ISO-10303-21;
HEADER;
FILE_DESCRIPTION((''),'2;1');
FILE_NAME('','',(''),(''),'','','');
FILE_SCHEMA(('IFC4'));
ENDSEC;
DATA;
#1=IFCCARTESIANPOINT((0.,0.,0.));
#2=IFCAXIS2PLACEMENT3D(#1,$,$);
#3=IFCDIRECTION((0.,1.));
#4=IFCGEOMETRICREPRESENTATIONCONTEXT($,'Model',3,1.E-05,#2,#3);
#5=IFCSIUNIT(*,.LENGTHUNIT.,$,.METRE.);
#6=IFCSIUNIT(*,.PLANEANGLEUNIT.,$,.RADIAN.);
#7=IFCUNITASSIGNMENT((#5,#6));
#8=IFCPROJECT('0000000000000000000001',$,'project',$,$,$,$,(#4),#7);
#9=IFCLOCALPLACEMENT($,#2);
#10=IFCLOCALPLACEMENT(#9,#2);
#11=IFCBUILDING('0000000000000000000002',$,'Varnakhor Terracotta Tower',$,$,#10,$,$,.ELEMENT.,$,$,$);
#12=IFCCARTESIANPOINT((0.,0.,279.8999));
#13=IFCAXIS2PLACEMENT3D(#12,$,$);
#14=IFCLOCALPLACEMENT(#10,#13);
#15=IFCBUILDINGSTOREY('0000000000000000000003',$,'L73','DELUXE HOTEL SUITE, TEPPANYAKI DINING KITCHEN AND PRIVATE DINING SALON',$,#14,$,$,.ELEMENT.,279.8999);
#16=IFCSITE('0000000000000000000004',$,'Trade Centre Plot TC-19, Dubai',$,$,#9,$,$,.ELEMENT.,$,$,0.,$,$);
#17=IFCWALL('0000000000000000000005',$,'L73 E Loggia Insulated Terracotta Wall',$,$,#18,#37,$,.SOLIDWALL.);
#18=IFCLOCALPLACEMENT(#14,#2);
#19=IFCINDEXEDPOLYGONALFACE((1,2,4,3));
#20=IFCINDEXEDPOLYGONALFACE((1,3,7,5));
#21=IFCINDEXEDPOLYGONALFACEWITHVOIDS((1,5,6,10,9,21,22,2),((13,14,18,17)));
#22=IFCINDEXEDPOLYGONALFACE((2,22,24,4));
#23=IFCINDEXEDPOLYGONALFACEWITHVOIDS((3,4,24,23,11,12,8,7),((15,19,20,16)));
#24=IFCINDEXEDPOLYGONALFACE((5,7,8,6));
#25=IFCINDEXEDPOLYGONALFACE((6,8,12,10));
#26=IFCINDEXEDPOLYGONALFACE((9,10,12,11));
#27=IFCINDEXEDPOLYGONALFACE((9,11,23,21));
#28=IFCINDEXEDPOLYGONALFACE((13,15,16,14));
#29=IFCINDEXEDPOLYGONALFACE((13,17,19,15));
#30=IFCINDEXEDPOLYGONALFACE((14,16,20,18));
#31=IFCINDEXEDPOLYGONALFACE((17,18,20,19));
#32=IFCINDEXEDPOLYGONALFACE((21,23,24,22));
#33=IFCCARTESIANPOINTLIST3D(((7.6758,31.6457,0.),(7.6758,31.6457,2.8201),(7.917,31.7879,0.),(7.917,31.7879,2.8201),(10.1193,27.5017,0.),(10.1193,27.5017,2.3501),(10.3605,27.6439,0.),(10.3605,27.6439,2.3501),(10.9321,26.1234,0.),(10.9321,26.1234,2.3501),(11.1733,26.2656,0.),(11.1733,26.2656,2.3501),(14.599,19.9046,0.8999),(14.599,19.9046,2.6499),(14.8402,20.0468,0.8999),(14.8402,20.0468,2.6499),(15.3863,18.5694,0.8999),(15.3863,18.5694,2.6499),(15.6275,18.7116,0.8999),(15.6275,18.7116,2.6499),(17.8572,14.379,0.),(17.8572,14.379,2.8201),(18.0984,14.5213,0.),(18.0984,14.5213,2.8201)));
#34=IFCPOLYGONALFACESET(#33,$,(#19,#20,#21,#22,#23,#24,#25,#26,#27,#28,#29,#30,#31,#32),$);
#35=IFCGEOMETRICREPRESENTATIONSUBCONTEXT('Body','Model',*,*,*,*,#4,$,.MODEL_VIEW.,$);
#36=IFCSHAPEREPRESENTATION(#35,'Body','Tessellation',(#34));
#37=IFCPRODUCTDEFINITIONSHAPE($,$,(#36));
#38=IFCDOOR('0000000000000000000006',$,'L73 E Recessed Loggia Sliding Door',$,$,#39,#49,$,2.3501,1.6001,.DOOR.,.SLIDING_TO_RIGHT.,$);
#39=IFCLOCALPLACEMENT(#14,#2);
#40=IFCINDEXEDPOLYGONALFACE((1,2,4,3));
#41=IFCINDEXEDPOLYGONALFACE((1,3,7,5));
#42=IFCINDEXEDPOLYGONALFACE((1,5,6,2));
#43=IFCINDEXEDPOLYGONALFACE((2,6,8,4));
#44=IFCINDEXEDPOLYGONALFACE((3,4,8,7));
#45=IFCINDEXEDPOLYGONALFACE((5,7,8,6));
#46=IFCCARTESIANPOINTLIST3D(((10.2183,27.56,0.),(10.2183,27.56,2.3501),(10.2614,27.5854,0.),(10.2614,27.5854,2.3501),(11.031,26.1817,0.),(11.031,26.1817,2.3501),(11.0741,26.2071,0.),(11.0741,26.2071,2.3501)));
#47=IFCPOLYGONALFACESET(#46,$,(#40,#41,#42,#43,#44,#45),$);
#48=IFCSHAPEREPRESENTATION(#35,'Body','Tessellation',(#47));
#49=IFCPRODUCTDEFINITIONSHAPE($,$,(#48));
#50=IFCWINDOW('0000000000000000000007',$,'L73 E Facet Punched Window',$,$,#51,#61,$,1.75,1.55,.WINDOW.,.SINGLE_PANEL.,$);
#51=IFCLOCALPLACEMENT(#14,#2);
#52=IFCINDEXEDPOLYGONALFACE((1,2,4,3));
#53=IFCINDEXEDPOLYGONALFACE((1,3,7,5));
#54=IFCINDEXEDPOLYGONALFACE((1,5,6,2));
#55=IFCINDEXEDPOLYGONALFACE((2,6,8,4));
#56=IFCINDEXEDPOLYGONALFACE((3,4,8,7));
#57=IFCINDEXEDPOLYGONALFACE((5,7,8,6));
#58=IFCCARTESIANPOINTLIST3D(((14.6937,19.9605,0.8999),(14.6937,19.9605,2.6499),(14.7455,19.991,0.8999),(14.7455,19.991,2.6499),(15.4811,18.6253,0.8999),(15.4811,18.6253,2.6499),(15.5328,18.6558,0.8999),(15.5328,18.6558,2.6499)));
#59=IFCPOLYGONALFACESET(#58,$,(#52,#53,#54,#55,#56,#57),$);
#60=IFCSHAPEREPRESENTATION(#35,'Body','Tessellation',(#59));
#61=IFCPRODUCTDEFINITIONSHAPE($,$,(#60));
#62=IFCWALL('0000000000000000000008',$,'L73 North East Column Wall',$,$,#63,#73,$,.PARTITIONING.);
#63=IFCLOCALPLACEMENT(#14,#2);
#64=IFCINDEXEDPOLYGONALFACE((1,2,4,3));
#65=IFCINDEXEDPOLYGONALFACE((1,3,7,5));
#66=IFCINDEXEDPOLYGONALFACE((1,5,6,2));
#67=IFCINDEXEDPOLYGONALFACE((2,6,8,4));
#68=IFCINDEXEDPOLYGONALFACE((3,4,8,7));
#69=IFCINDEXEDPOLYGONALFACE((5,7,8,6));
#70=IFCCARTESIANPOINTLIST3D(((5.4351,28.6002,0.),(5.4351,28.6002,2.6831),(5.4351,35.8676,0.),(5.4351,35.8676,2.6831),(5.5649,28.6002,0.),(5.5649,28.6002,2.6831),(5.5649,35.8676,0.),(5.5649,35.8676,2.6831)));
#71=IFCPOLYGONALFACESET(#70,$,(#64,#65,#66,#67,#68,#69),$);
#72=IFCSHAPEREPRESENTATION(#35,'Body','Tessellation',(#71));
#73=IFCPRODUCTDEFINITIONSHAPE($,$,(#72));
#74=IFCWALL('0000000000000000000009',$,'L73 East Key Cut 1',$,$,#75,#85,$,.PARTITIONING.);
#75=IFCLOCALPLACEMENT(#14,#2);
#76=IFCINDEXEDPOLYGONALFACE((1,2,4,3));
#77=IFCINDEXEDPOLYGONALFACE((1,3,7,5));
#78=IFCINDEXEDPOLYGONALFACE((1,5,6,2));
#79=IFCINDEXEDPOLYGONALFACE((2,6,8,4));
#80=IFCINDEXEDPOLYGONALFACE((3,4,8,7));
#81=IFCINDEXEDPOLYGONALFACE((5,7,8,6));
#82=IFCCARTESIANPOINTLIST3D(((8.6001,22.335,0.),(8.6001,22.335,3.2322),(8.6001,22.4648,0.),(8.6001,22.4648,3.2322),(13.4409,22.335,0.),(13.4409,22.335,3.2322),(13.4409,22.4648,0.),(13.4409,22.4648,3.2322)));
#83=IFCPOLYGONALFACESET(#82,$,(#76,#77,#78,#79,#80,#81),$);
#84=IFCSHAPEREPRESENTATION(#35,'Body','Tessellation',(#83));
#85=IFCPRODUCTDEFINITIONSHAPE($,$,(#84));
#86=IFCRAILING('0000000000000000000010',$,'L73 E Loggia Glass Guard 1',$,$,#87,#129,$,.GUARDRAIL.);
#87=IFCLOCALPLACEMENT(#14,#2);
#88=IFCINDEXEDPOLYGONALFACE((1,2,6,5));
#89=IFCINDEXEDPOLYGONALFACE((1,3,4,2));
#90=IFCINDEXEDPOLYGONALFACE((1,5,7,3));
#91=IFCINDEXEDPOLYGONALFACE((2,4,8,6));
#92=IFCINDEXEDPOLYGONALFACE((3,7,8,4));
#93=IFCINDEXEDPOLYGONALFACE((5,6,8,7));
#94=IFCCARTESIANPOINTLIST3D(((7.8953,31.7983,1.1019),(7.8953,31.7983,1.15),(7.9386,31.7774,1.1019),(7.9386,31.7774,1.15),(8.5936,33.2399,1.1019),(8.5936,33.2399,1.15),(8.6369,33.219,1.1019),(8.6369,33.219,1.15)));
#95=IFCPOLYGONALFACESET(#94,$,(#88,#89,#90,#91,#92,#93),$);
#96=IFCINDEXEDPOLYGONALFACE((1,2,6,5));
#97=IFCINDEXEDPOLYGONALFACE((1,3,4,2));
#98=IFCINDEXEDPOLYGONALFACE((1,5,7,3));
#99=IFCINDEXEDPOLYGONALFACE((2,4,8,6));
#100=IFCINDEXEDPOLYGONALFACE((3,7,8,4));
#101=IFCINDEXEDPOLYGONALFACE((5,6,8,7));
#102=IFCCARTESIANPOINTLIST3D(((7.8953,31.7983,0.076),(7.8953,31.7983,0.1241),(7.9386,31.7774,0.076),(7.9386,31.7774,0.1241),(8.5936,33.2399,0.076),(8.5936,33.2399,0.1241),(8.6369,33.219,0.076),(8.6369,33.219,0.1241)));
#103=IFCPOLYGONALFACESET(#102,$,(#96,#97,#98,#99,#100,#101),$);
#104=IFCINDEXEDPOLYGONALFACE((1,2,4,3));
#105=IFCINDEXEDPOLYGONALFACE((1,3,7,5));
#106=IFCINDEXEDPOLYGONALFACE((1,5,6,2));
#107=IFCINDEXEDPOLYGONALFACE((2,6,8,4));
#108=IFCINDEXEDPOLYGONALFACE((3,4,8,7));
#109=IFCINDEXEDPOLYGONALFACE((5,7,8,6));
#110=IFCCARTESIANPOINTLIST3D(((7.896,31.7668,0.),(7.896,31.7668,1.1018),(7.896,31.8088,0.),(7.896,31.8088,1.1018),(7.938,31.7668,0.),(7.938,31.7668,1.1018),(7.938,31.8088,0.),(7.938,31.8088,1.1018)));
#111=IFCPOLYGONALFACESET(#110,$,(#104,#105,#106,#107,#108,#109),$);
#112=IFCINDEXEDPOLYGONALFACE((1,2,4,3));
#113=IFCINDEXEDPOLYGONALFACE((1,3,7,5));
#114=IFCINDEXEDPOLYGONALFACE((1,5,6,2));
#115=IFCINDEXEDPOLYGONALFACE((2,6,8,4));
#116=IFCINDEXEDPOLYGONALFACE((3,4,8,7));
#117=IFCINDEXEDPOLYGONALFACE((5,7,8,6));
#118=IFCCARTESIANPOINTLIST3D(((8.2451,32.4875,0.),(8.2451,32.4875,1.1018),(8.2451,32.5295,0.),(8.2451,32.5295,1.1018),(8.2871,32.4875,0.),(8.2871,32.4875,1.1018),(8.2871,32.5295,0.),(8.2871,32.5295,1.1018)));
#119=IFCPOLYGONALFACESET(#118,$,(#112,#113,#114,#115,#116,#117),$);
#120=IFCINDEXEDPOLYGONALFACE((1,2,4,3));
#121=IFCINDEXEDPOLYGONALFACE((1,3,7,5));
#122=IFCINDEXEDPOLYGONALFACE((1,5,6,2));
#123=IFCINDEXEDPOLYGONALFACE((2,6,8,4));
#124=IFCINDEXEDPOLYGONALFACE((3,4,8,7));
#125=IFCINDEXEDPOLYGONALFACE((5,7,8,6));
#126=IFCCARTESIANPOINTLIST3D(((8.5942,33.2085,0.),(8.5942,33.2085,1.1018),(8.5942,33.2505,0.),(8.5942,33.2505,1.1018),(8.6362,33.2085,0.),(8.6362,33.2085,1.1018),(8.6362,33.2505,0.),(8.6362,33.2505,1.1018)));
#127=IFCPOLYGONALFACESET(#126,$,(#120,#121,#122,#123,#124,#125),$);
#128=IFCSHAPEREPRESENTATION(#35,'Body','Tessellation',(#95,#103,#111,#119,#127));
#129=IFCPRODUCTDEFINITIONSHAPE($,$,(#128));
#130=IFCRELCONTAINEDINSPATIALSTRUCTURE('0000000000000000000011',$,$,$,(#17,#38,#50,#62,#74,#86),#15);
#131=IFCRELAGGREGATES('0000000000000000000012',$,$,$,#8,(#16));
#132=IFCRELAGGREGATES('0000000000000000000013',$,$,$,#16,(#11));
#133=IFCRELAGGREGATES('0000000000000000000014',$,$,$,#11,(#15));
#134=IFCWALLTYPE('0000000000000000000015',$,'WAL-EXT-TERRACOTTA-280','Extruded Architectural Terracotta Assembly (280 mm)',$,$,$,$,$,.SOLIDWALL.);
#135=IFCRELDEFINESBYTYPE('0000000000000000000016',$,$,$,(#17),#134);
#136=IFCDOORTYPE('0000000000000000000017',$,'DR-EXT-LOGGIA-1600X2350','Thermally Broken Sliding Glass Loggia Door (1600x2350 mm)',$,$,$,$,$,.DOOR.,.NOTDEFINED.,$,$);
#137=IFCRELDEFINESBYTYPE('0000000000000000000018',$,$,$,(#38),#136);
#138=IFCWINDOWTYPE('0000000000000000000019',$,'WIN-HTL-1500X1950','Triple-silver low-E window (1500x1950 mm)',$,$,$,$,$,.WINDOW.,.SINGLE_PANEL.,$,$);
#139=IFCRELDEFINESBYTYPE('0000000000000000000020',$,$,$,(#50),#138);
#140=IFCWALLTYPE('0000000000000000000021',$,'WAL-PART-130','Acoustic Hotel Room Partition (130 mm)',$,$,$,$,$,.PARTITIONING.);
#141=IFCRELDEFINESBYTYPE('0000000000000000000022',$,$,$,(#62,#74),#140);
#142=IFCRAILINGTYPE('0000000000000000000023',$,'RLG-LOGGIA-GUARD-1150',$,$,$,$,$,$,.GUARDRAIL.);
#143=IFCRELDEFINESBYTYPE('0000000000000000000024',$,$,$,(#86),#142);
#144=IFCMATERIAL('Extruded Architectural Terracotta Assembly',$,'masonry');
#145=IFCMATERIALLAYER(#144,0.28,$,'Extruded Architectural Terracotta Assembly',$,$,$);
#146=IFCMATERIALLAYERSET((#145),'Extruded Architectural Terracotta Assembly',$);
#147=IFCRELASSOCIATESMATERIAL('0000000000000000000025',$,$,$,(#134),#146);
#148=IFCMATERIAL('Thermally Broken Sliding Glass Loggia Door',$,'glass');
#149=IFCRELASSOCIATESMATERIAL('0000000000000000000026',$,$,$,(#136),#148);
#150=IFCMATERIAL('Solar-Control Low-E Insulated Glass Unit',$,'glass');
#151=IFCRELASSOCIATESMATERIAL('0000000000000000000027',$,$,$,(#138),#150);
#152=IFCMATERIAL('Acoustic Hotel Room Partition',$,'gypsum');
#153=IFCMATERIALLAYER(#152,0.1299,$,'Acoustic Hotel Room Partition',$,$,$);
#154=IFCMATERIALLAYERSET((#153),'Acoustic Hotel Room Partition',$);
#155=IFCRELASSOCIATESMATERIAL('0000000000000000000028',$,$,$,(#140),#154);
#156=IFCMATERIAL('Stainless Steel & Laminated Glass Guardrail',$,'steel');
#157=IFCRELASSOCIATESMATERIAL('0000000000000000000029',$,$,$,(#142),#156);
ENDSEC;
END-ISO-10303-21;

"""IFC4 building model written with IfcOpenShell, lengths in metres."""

from ifc_helpers import new_model, si_unit, direction, frame, frame_2d, origin, origin_2d, place, context, subcontext, project, spatial, rectangle, extrude, source, transform, mapped, material, layer, layer_set, type_object, type_shapes, element, fill, save


model = new_model("IFC4")

# Units and contexts
model_context = context("Model", 3, precision=1e-05, world=origin(), true_north=direction((0.0, 1.0)))
body_context = subcontext(model_context, "Body", "Model", "MODEL_VIEW")
ifc_project = project(units=[si_unit("LENGTHUNIT", "METRE"), si_unit("PLANEANGLEUNIT", "RADIAN")], contexts=[model_context])

# Site, building, storey
site_placement = place(None, origin())
site = spatial("IfcSite", under=ifc_project, at=site_placement, Name="Trade Centre Plot TC-19, Dubai", CompositionType="ELEMENT", RefElevation=0.0)
building_placement = place(site_placement, origin())
building = spatial("IfcBuilding", under=site, at=building_placement, Name="Varnakhor Terracotta Tower", CompositionType="ELEMENT")
storey_placement = place(building_placement, frame((0.0, 0.0, 279.8999)))
storey = spatial("IfcBuildingStorey", under=building, at=storey_placement, Name="L73", Description="DELUXE HOTEL SUITE, TEPPANYAKI DINING KITCHEN AND PRIVATE DINING SALON", CompositionType="ELEMENT", Elevation=279.8999)

# Wall, openings, door, window
ifc_material_1 = material(Name="Extruded Architectural Terracotta Assembly", Category="masonry")
ifc_layer_1 = layer(ifc_material_1, 0.28, Name="Extruded Architectural Terracotta Assembly")
ifc_layer_set_1 = layer_set([ifc_layer_1], Name="Extruded Architectural Terracotta Assembly")
wall_type_1 = type_object("IfcWallType", Name="WAL-EXT-TERRACOTTA-280", Description="Extruded Architectural Terracotta Assembly (280 mm)", PredefinedType="SOLIDWALL", material=ifc_layer_set_1)
wall_1_placement = place(storey_placement, frame((7.7964, 31.7168, 0.0), z_axis=(0.0, 0.0, 1.0), x_axis=(0.507931, -0.861398, 0.0)))
wall_1 = element("IfcWall", 1, at=wall_1_placement, inside=storey, type_object=wall_type_1, Name="L73 E Loggia Insulated Terracotta Wall", PredefinedType="SOLIDWALL", context=body_context, shape_type="SweptSolid", body=[
    extrude(rectangle(XDim=20.0449, YDim=0.28, at=frame_2d((10.0225, 0.0))), origin(), (0.0, 0.0, 1.0), 2.8201),
])
opening_1_placement = place(wall_1_placement, frame((4.8108, 0.0, 0.0)))
opening_1 = element("IfcOpeningElement", 2, at=opening_1_placement, cuts=wall_1, PredefinedType="OPENING", context=body_context, shape_type="SweptSolid", body=[
    extrude(rectangle(XDim=1.6001, YDim=2.3501, at=frame_2d((0.8, 1.175))), frame((0.0, 0.1499, 0.0), z_axis=(0.0, -1.0, 0.0), x_axis=(1.0, 0.0, 0.0)), (0.0, 0.0, 1.0), 0.3),
])
opening_2_placement = place(wall_1_placement, frame((13.6304, 0.0, 0.8999)))
opening_2 = element("IfcOpeningElement", 3, at=opening_2_placement, cuts=wall_1, PredefinedType="OPENING", context=body_context, shape_type="SweptSolid", body=[
    extrude(rectangle(XDim=1.55, YDim=1.75, at=frame_2d((0.7749, 0.875))), frame((0.0, 0.1499, 0.0), z_axis=(0.0, -1.0, 0.0), x_axis=(1.0, 0.0, 0.0)), (0.0, 0.0, 1.0), 0.3),
])
ifc_material_2 = material(Name="Thermally Broken Sliding Glass Loggia Door", Category="glass")
door_type = type_object("IfcDoorType", Name="DR-EXT-LOGGIA-1600X2350", Description="Thermally Broken Sliding Glass Loggia Door (1600x2350 mm)", OperationType="NOTDEFINED", PredefinedType="DOOR", material=ifc_material_2)
shared_shape_1 = source(origin(), body_context, "Body", "SweptSolid", [
    extrude(rectangle(XDim=1.6001, YDim=2.3501, at=frame_2d((0.8, 1.175))), frame((0.0, 0.0249, 0.0), z_axis=(0.0, -1.0, 0.0), x_axis=(1.0, 0.0, 0.0)), (0.0, 0.0, 1.0), 0.05),
])
type_shapes(door_type, [shared_shape_1])
door_placement = place(opening_1_placement, origin())
door = element("IfcDoor", 4, at=door_placement, inside=storey, type_object=door_type, Name="L73 E Recessed Loggia Sliding Door", OperationType="SLIDING_TO_RIGHT", OverallHeight=2.3501, OverallWidth=1.6001, PredefinedType="DOOR", context=body_context, shape_type="MappedRepresentation", body=[
    mapped(shared_shape_1, transform((0.0, 0.0, 0.0), scale=1.0)),
])
fill(opening_1, door)
ifc_material_3 = material(Name="Solar-Control Low-E Insulated Glass Unit", Category="glass")
window_type = type_object("IfcWindowType", Name="WIN-HTL-1500X1950", Description="Triple-silver low-E window (1500x1950 mm)", PartitioningType="SINGLE_PANEL", PredefinedType="WINDOW", material=ifc_material_3)
shared_shape_2 = source(origin(), body_context, "Body", "SweptSolid", [
    extrude(rectangle(XDim=1.55, YDim=1.75, at=frame_2d((0.7749, 0.875))), frame((0.0, 0.03, 0.0), z_axis=(0.0, -1.0, 0.0), x_axis=(1.0, 0.0, 0.0)), (0.0, 0.0, 1.0), 0.0601),
])
type_shapes(window_type, [shared_shape_2])
window_placement = place(opening_2_placement, origin())
window = element("IfcWindow", 5, at=window_placement, inside=storey, type_object=window_type, Name="L73 E Facet Punched Window", OverallHeight=1.75, OverallWidth=1.55, PartitioningType="SINGLE_PANEL", PredefinedType="WINDOW", context=body_context, shape_type="MappedRepresentation", body=[
    mapped(shared_shape_2, transform((0.0, 0.0, 0.0), scale=1.0)),
])
fill(opening_2, window)

# Walls
ifc_material_4 = material(Name="Acoustic Hotel Room Partition", Category="gypsum")
ifc_layer_2 = layer(ifc_material_4, 0.1299, Name="Acoustic Hotel Room Partition")
ifc_layer_set_2 = layer_set([ifc_layer_2], Name="Acoustic Hotel Room Partition")
wall_type_2 = type_object("IfcWallType", Name="WAL-PART-130", Description="Acoustic Hotel Room Partition (130 mm)", PredefinedType="PARTITIONING", material=ifc_layer_set_2)
wall_2_placement = place(storey_placement, frame((5.5, 28.6001, 0.0), z_axis=(0.0, 0.0, 1.0), x_axis=(0.0, 1.0, 0.0)))
element("IfcWall", 6, at=wall_2_placement, inside=storey, type_object=wall_type_2, Name="L73 North East Column Wall", PredefinedType="PARTITIONING", context=body_context, shape_type="SweptSolid", body=[
    extrude(rectangle(XDim=7.2673, YDim=0.1299, at=frame_2d((3.6338, 0.0))), origin(), (0.0, 0.0, 1.0), 2.6831),
])
wall_3_placement = place(storey_placement, frame((8.6001, 22.3999, 0.0), z_axis=(0.0, 0.0, 1.0), x_axis=(1.0, 0.0, 0.0)))
element("IfcWall", 7, at=wall_3_placement, inside=storey, type_object=wall_type_2, Name="L73 East Key Cut 1", PredefinedType="PARTITIONING", context=body_context, shape_type="SweptSolid", body=[
    extrude(rectangle(XDim=4.8408, YDim=0.1299, at=frame_2d((2.4204, 0.0))), origin(), (0.0, 0.0, 1.0), 3.2322),
])

# Railing
ifc_material_5 = material(Name="Stainless Steel & Laminated Glass Guardrail", Category="steel")
railing_type = type_object("IfcRailingType", Name="RLG-LOGGIA-GUARD-1150", PredefinedType="GUARDRAIL", material=ifc_material_5)
railing_1_placement = place(storey_placement, frame((7.917, 31.7878, 0.0)))
element("IfcRailing", 8, at=railing_1_placement, inside=storey, type_object=railing_type, Name="L73 E Loggia Glass Guard 1", PredefinedType="GUARDRAIL", context=body_context, shape_type="SweptSolid", body=[
    extrude(rectangle(XDim=0.0481, YDim=0.0481, at=origin_2d()), frame((0.0, 0.0, 1.126), z_axis=(0.4359, 0.899995, 0.0), x_axis=(-0.899995, 0.4359, 0.0)), (0.0, 0.0, 1.0), 1.6018),
    extrude(rectangle(XDim=0.0481, YDim=0.0481, at=origin_2d()), frame((0.0, 0.0, 0.1001), z_axis=(0.4359, 0.899995, 0.0), x_axis=(-0.899995, 0.4359, 0.0)), (0.0, 0.0, 1.0), 1.6018),
    extrude(rectangle(XDim=0.042, YDim=0.042, at=origin_2d()), origin(), (0.0, 0.0, 1.0), 1.1018),
    extrude(rectangle(XDim=0.042, YDim=0.042, at=origin_2d()), frame((0.3491, 0.7207, 0.0)), (0.0, 0.0, 1.0), 1.1018),
    extrude(rectangle(XDim=0.042, YDim=0.042, at=origin_2d()), frame((0.6982, 1.4417, 0.0)), (0.0, 0.0, 1.0), 1.1018),
])

save(model, "model.ifc")
